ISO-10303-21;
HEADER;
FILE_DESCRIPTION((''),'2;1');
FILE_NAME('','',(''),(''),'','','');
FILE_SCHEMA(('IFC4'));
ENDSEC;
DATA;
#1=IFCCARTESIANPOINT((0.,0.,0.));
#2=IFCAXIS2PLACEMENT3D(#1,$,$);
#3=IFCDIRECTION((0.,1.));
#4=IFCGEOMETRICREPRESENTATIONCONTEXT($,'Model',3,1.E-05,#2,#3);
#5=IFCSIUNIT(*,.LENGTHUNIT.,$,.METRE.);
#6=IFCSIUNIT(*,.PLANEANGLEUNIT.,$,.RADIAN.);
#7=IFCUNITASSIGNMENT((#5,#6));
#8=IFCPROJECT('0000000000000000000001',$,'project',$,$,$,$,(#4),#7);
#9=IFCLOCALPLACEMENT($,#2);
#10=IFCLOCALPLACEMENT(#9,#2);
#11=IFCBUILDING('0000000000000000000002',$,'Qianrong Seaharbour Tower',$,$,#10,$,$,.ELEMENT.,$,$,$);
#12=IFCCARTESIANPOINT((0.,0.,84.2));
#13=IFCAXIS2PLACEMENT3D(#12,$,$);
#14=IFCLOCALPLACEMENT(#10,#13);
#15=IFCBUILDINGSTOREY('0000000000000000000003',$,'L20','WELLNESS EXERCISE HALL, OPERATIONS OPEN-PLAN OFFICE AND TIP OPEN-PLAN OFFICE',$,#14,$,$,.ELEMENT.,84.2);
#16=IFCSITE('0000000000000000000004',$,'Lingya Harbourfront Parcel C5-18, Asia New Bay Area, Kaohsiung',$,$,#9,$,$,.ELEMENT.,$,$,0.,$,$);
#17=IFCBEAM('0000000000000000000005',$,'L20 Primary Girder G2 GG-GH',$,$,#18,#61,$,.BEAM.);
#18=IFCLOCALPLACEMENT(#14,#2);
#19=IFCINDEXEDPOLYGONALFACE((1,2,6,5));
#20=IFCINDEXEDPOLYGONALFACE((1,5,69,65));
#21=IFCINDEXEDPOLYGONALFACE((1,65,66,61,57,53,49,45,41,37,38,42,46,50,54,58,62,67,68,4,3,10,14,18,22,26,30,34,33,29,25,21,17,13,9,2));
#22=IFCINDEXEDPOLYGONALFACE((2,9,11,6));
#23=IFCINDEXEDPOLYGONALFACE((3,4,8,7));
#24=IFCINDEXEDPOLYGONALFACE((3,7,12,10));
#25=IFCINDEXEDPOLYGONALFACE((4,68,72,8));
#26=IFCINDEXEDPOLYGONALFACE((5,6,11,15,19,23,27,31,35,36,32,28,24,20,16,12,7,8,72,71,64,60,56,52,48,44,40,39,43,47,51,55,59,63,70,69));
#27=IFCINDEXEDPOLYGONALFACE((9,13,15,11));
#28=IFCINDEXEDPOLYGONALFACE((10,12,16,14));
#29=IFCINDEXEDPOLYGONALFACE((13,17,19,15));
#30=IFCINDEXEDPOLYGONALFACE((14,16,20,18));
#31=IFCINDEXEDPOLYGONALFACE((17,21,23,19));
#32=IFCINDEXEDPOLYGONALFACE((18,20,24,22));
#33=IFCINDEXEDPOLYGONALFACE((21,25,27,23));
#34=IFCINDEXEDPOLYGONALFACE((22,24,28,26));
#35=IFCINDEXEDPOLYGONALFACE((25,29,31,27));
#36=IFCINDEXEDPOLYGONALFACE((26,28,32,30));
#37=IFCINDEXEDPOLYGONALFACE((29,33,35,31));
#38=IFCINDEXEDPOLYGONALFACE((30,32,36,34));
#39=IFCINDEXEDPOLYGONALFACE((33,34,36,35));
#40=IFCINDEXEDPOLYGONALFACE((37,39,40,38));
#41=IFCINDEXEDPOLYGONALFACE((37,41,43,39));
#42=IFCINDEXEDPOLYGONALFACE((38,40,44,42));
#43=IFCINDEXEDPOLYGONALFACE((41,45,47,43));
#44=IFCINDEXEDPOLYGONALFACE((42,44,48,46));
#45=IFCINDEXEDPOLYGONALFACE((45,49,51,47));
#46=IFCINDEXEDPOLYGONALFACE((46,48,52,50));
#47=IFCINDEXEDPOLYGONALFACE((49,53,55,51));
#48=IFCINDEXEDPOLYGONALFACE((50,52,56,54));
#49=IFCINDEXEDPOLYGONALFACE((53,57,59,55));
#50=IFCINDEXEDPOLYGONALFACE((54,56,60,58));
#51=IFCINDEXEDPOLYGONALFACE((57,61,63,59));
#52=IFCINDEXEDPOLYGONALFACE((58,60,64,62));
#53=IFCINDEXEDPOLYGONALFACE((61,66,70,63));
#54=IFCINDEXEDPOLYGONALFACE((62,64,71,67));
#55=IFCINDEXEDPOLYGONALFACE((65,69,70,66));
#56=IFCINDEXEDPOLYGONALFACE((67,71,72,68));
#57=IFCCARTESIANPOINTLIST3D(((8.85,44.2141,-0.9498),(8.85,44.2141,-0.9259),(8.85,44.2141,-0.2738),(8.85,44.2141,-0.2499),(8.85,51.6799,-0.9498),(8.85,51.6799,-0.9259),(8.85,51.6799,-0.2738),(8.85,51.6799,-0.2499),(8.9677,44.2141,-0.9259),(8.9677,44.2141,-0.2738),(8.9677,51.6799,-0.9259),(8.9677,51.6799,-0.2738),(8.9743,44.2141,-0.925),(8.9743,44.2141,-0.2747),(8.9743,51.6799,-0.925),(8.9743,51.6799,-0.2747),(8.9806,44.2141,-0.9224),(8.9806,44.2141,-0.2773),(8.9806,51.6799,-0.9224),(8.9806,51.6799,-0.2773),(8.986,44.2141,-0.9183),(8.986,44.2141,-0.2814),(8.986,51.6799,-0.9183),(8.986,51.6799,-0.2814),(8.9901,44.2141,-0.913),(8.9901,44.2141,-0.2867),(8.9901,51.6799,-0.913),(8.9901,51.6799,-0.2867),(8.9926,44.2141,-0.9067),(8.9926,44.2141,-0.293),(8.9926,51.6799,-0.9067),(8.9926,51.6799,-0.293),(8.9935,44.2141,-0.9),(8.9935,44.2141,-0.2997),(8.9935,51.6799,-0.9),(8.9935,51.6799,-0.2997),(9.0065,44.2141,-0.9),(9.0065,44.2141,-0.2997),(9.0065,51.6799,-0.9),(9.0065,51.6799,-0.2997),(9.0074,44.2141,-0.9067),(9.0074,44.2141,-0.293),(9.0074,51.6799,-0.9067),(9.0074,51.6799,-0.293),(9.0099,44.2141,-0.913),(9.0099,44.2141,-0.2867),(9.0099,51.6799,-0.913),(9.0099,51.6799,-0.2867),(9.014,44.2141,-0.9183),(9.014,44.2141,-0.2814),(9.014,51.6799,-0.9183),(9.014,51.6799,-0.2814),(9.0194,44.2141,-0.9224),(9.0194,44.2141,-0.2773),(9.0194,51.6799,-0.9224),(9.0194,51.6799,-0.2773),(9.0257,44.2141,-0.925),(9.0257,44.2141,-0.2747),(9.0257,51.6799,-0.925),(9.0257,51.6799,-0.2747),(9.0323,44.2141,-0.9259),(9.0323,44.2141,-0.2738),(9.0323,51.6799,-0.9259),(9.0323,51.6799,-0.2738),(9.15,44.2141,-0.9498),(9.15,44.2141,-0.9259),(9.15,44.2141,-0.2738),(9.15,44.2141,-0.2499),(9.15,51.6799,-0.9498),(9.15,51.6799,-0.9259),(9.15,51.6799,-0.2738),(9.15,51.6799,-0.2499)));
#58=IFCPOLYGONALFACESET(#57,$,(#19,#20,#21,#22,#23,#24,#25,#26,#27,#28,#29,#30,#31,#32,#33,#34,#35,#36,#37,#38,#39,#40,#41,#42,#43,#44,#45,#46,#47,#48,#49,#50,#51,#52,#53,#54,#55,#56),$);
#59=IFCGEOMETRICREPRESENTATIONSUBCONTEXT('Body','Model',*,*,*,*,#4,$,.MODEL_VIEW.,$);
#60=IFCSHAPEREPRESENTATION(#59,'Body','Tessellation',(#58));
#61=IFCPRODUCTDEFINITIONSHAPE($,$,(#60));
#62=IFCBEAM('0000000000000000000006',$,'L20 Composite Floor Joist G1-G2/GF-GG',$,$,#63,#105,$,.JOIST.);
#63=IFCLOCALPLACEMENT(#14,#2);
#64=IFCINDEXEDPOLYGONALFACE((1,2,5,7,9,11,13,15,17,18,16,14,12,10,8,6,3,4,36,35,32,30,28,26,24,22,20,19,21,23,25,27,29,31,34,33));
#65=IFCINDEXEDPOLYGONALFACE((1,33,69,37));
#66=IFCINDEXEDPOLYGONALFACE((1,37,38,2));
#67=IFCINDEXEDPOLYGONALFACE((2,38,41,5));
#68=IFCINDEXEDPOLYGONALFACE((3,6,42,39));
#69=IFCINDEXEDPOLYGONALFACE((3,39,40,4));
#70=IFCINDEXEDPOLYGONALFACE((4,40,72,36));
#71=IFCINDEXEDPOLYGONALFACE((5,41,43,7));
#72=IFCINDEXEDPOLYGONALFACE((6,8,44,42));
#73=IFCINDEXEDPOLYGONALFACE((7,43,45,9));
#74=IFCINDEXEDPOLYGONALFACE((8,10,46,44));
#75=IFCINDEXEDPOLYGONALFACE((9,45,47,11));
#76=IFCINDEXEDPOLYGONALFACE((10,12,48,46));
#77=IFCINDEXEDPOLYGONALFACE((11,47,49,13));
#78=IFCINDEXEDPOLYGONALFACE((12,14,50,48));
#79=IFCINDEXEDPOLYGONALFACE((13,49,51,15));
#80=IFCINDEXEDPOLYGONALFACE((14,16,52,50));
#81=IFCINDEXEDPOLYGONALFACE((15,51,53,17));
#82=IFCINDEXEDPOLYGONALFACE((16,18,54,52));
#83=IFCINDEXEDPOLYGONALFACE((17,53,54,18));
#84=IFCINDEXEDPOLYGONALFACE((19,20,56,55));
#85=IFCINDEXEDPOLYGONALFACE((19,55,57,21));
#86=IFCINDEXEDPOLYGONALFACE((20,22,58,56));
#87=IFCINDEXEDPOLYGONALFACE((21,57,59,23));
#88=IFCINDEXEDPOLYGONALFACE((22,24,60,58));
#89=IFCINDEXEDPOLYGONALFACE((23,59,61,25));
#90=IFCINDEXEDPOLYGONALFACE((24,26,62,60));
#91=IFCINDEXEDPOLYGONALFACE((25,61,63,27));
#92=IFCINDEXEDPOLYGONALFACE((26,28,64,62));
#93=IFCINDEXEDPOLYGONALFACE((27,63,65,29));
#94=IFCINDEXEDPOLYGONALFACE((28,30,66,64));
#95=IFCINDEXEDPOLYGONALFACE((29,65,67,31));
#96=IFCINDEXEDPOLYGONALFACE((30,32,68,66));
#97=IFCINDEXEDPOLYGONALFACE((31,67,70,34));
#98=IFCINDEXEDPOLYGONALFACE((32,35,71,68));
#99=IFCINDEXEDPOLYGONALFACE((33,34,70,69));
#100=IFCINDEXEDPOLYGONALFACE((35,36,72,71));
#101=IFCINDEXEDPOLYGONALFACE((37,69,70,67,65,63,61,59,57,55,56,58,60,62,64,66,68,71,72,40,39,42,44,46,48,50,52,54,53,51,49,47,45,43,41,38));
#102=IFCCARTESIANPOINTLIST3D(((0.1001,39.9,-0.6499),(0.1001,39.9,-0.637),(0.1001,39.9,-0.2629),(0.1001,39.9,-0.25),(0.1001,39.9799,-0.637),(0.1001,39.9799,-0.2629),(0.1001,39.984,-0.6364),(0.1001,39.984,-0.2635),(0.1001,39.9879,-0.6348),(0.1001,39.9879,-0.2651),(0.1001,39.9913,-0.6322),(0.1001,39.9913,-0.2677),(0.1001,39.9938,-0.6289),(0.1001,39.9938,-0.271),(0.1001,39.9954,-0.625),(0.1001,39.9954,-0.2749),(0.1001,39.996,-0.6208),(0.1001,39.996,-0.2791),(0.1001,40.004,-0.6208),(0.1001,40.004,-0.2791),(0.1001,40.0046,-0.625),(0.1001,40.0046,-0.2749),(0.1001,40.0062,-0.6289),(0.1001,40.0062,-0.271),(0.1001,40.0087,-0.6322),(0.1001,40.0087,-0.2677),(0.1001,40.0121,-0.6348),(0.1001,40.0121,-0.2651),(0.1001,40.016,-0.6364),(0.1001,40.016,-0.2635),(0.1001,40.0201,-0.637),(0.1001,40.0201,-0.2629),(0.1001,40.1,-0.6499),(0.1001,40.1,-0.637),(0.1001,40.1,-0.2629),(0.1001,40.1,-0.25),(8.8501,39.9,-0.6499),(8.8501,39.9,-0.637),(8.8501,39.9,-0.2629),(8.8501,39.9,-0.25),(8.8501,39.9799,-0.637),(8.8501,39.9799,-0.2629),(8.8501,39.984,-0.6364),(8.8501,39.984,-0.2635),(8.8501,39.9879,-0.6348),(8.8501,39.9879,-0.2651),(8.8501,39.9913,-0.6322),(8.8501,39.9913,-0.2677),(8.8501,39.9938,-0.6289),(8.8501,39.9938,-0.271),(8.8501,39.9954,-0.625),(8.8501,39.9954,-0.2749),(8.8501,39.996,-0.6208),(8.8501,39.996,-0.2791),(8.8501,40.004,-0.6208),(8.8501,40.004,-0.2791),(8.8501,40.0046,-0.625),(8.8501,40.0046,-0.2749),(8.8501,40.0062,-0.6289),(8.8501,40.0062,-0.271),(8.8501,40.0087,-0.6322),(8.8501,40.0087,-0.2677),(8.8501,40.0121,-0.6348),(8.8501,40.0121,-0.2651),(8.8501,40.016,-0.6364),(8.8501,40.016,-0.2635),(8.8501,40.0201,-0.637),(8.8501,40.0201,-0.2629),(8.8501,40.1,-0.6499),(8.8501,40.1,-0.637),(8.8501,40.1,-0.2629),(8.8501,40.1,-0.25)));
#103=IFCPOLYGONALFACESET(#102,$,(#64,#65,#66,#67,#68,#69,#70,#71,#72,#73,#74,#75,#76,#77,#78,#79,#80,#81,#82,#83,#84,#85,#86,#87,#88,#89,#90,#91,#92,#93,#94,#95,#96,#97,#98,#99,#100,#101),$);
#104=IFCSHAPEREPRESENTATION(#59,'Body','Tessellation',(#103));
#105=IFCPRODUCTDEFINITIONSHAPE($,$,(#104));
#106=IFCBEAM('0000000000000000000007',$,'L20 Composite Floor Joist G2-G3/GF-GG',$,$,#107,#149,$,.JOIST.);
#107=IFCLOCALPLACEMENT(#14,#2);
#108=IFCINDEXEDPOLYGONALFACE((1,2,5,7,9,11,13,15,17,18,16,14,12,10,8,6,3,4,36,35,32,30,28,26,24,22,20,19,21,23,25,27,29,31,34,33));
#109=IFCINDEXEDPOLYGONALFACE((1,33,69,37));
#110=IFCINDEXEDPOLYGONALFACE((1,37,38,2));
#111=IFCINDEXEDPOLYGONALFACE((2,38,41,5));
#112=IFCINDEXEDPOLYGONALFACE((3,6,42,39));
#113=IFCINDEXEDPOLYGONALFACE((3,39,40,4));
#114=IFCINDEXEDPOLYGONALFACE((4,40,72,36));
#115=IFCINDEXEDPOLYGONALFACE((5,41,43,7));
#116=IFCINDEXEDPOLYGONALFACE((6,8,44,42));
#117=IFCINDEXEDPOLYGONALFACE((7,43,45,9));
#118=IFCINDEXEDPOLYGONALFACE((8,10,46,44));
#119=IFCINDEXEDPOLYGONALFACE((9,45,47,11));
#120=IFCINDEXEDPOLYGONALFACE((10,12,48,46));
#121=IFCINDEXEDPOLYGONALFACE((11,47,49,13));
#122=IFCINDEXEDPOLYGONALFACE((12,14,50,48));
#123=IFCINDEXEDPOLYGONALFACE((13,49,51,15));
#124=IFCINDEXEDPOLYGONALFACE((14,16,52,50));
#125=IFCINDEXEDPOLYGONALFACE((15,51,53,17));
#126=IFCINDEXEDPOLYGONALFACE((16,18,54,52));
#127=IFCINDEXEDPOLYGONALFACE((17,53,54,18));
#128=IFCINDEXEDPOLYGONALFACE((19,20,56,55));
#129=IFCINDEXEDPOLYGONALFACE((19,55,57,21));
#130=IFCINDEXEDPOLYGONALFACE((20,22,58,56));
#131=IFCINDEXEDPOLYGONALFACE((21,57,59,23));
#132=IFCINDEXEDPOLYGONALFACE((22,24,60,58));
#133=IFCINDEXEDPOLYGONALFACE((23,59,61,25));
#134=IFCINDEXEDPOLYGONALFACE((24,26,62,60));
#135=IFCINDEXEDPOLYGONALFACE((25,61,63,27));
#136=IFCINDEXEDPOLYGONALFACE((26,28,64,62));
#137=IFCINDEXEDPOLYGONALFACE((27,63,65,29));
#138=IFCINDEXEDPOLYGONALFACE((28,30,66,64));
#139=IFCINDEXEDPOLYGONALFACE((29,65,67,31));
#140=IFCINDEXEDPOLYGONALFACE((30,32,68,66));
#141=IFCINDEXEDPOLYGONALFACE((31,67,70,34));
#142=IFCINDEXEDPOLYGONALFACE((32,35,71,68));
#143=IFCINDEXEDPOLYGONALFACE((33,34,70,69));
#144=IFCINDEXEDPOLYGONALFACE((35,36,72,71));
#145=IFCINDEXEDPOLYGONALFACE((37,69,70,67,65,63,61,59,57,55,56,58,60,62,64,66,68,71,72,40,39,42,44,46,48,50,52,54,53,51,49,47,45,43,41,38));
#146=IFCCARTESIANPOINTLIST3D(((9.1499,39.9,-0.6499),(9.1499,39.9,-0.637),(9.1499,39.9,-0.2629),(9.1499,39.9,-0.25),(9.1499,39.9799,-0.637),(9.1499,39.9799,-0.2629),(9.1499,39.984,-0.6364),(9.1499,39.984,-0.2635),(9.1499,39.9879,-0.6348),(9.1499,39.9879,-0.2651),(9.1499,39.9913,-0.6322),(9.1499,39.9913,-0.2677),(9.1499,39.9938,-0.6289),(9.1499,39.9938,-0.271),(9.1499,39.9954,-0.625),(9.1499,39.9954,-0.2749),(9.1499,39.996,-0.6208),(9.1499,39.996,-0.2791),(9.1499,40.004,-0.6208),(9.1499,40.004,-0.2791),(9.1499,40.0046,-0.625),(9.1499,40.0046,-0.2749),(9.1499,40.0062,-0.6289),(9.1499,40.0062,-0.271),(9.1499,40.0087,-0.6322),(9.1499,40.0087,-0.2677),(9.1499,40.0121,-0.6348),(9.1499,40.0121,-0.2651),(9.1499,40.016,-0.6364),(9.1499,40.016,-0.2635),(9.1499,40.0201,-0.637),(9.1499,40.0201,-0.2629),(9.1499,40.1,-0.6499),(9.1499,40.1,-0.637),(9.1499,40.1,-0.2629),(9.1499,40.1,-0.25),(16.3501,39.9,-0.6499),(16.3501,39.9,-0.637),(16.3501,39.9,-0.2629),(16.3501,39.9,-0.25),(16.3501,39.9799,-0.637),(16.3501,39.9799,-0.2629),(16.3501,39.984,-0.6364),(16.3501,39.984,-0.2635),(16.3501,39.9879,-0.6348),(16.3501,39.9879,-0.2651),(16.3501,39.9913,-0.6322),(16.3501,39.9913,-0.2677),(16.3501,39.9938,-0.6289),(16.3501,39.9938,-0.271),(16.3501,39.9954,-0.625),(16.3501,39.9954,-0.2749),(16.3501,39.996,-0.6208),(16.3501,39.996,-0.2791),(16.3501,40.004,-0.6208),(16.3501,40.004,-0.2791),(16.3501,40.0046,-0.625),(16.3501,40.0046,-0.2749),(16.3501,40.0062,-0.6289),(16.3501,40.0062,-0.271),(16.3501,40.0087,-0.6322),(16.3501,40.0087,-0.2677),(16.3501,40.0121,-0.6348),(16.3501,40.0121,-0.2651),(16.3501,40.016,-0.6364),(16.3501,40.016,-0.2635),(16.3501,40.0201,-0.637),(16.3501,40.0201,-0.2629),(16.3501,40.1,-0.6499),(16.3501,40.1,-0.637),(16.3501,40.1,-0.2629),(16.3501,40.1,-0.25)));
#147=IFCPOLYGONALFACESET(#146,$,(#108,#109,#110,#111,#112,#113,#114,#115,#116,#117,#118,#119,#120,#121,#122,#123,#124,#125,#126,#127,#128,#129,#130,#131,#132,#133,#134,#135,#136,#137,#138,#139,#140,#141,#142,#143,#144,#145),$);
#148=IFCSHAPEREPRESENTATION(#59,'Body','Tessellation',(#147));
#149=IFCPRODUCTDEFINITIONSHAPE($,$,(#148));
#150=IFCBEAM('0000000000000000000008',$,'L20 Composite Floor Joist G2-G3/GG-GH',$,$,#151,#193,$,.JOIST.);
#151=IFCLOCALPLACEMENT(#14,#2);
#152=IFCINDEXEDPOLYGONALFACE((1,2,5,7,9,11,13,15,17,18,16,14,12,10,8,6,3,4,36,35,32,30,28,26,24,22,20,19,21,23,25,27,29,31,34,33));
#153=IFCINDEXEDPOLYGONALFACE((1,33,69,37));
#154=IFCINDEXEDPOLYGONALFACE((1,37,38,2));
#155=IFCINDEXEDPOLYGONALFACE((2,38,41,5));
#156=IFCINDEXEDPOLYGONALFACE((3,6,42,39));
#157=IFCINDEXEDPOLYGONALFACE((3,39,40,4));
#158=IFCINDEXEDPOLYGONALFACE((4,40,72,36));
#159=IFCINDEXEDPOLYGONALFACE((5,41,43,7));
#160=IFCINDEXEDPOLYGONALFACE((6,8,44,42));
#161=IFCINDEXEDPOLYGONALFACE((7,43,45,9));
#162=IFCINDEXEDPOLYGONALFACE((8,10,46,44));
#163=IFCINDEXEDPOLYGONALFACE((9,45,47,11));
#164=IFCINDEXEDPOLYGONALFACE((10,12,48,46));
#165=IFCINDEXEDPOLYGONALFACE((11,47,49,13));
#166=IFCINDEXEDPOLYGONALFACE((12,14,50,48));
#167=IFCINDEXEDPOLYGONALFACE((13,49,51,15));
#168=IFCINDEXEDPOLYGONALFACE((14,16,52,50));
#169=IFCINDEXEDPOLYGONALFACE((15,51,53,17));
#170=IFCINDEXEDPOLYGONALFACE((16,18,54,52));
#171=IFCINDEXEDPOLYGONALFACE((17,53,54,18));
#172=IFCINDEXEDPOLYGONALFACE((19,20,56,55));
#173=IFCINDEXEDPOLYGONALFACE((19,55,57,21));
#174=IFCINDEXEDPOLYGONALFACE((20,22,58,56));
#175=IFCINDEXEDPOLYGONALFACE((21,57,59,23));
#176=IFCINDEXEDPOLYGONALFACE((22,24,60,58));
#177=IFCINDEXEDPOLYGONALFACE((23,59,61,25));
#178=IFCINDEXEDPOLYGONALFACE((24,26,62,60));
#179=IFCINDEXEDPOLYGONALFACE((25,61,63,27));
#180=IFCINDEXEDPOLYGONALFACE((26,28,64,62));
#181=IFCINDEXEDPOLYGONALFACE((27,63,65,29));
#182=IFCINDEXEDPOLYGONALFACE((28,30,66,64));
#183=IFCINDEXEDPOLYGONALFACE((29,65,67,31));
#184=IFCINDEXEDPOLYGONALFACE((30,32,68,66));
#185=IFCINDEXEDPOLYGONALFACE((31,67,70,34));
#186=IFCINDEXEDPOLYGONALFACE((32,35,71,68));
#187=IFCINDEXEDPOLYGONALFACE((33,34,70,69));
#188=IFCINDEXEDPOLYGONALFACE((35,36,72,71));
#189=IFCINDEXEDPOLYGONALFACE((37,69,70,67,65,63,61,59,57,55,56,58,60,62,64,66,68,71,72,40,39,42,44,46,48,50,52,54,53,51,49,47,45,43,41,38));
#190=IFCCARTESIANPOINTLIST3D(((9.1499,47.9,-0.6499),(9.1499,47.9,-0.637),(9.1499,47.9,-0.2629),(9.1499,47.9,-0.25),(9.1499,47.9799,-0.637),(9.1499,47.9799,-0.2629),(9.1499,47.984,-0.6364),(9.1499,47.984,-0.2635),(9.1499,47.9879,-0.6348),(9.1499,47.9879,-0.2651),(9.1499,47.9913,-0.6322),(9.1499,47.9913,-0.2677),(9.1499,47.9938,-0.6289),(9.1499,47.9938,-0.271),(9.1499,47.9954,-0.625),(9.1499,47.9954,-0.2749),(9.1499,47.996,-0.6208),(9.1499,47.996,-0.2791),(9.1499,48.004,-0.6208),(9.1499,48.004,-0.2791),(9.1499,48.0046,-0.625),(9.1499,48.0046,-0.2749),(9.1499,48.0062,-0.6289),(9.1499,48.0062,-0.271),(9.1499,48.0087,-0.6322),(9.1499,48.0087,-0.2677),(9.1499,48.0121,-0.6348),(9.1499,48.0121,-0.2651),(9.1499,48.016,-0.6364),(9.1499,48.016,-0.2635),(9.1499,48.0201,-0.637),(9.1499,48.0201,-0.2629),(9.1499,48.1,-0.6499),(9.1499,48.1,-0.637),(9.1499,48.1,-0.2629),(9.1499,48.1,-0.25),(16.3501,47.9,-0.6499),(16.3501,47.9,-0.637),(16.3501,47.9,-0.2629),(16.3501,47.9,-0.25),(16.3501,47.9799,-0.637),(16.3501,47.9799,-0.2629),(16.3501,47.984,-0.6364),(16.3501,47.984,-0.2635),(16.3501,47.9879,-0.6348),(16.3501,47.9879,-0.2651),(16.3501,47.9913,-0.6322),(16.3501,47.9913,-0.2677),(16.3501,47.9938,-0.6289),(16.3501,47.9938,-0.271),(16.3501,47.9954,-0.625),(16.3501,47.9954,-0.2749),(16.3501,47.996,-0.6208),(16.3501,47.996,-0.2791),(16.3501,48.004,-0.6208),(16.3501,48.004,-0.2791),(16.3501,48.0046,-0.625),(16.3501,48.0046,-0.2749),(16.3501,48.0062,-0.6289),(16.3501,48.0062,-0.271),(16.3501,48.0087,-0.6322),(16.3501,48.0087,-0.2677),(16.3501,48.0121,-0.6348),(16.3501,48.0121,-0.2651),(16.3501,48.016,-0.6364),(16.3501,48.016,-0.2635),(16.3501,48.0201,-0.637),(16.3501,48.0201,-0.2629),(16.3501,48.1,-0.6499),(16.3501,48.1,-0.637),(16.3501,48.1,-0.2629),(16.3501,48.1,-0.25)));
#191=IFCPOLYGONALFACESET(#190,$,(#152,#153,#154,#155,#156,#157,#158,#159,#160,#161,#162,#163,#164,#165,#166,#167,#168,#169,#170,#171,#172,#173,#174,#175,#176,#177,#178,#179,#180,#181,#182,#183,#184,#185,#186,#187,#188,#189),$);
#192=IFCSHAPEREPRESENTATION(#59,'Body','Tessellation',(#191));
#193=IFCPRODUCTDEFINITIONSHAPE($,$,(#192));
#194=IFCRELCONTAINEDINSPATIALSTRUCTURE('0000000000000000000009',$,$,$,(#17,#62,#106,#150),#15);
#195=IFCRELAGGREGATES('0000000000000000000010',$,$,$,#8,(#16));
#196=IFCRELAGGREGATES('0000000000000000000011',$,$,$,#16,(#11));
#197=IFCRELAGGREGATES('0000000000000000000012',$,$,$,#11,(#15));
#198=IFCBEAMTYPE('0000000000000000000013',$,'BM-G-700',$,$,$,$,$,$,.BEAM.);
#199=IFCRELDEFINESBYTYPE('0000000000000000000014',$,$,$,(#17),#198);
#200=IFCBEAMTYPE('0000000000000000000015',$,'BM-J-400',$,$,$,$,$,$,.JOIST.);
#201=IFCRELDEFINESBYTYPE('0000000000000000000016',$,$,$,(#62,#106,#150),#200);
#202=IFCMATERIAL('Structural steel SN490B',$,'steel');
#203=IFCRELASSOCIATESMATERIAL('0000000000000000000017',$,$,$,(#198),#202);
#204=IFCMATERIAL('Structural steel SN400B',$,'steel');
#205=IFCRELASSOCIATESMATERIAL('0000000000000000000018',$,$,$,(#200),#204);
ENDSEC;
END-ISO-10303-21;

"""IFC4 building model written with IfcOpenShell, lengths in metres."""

from ifc_helpers import new_model, si_unit, direction, frame, origin, origin_2d, place, context, subcontext, project, spatial, i_section, extrude, material, material_profile, profile_set, type_object, element, save


model = new_model("IFC4")

# Units and contexts
model_context = context("Model", 3, precision=1e-05, world=origin(), true_north=direction((0.0, 1.0)))
body_context = subcontext(model_context, "Body", "Model", "MODEL_VIEW")
ifc_project = project(units=[si_unit("LENGTHUNIT", "METRE"), si_unit("PLANEANGLEUNIT", "RADIAN")], contexts=[model_context])

# Site, building, storey
site_placement = place(None, origin())
site = spatial("IfcSite", under=ifc_project, at=site_placement, Name="Lingya Harbourfront Parcel C5-18, Asia New Bay Area, Kaohsiung", CompositionType="ELEMENT", RefElevation=0.0)
building_placement = place(site_placement, origin())
building = spatial("IfcBuilding", under=site, at=building_placement, Name="Qianrong Seaharbour Tower", CompositionType="ELEMENT")
storey_placement = place(building_placement, frame((0.0, 0.0, 84.2)))
storey = spatial("IfcBuildingStorey", under=building, at=storey_placement, Name="L20", Description="WELLNESS EXERCISE HALL, OPERATIONS OPEN-PLAN OFFICE AND TIP OPEN-PLAN OFFICE", CompositionType="ELEMENT", Elevation=84.2)

# Shared definitions
ifc_material_1 = material(Name="Structural steel SN490B", Category="steel")

# Beams
ifc_material_profile_1 = material_profile(ifc_material_1, i_section(OverallWidth=0.3, OverallDepth=0.7, WebThickness=0.0129, FlangeThickness=0.0239, FilletRadius=0.0259, at=origin_2d()), Name="H700x300x13x24")
ifc_profile_set_1 = profile_set([ifc_material_profile_1], Name="Structural steel SN490B")
beam_type_1 = type_object("IfcBeamType", Name="BM-G-700", PredefinedType="BEAM", material=ifc_profile_set_1)
for number, where, z_axis, x_axis, name in (
    (1, (9.0, 44.2141, -0.5999), (0.0, 1.0, 0.0), (-1.0, 0.0, 0.0), "L20 Primary Girder G2 GG-GH"),
):
    element("IfcBeam", number, at=place(storey_placement, frame(where, z_axis=z_axis, x_axis=x_axis)), inside=storey, type_object=beam_type_1, Name=name, PredefinedType="BEAM", context=body_context, shape_type="SweptSolid", body=[
        extrude(i_section(OverallWidth=0.3, OverallDepth=0.7, WebThickness=0.0129, FlangeThickness=0.0239, FilletRadius=0.0259, at=origin_2d()), origin(), (0.0, 0.0, 1.0), 7.4658),
    ])
ifc_material_2 = material(Name="Structural steel SN400B", Category="steel")
ifc_material_profile_2 = material_profile(ifc_material_2, i_section(OverallWidth=0.2, OverallDepth=0.3999, WebThickness=0.0081, FlangeThickness=0.0129, FilletRadius=0.0161, at=origin_2d()), Name="H400x200x8x13")
ifc_profile_set_2 = profile_set([ifc_material_profile_2], Name="Structural steel SN400B")
beam_type_2 = type_object("IfcBeamType", Name="BM-J-400", PredefinedType="JOIST", material=ifc_profile_set_2)
beam_1_placement = place(storey_placement, frame((0.1001, 40.0, -0.45), z_axis=(1.0, 0.0, 0.0), x_axis=(0.0, 1.0, 0.0)))
element("IfcBeam", 2, at=beam_1_placement, inside=storey, type_object=beam_type_2, Name="L20 Composite Floor Joist G1-G2/GF-GG", PredefinedType="JOIST", context=body_context, shape_type="SweptSolid", body=[
    extrude(i_section(OverallWidth=0.2, OverallDepth=0.3999, WebThickness=0.0081, FlangeThickness=0.0129, FilletRadius=0.0161, at=origin_2d()), origin(), (0.0, 0.0, 1.0), 8.75),
])
for number, where, z_axis, x_axis, name in (
    (3, (9.1499, 40.0, -0.45), (1.0, 0.0, 0.0), (0.0, 1.0, 0.0), "L20 Composite Floor Joist G2-G3/GF-GG"),
    (4, (9.1499, 48.0, -0.45), (1.0, 0.0, 0.0), (0.0, 1.0, 0.0), "L20 Composite Floor Joist G2-G3/GG-GH"),
):
    element("IfcBeam", number, at=place(storey_placement, frame(where, z_axis=z_axis, x_axis=x_axis)), inside=storey, type_object=beam_type_2, Name=name, PredefinedType="JOIST", context=body_context, shape_type="SweptSolid", body=[
        extrude(i_section(OverallWidth=0.2, OverallDepth=0.3999, WebThickness=0.0081, FlangeThickness=0.0129, FilletRadius=0.0161, at=origin_2d()), origin(), (0.0, 0.0, 1.0), 7.2002),
    ])

save(model, "model.ifc")
